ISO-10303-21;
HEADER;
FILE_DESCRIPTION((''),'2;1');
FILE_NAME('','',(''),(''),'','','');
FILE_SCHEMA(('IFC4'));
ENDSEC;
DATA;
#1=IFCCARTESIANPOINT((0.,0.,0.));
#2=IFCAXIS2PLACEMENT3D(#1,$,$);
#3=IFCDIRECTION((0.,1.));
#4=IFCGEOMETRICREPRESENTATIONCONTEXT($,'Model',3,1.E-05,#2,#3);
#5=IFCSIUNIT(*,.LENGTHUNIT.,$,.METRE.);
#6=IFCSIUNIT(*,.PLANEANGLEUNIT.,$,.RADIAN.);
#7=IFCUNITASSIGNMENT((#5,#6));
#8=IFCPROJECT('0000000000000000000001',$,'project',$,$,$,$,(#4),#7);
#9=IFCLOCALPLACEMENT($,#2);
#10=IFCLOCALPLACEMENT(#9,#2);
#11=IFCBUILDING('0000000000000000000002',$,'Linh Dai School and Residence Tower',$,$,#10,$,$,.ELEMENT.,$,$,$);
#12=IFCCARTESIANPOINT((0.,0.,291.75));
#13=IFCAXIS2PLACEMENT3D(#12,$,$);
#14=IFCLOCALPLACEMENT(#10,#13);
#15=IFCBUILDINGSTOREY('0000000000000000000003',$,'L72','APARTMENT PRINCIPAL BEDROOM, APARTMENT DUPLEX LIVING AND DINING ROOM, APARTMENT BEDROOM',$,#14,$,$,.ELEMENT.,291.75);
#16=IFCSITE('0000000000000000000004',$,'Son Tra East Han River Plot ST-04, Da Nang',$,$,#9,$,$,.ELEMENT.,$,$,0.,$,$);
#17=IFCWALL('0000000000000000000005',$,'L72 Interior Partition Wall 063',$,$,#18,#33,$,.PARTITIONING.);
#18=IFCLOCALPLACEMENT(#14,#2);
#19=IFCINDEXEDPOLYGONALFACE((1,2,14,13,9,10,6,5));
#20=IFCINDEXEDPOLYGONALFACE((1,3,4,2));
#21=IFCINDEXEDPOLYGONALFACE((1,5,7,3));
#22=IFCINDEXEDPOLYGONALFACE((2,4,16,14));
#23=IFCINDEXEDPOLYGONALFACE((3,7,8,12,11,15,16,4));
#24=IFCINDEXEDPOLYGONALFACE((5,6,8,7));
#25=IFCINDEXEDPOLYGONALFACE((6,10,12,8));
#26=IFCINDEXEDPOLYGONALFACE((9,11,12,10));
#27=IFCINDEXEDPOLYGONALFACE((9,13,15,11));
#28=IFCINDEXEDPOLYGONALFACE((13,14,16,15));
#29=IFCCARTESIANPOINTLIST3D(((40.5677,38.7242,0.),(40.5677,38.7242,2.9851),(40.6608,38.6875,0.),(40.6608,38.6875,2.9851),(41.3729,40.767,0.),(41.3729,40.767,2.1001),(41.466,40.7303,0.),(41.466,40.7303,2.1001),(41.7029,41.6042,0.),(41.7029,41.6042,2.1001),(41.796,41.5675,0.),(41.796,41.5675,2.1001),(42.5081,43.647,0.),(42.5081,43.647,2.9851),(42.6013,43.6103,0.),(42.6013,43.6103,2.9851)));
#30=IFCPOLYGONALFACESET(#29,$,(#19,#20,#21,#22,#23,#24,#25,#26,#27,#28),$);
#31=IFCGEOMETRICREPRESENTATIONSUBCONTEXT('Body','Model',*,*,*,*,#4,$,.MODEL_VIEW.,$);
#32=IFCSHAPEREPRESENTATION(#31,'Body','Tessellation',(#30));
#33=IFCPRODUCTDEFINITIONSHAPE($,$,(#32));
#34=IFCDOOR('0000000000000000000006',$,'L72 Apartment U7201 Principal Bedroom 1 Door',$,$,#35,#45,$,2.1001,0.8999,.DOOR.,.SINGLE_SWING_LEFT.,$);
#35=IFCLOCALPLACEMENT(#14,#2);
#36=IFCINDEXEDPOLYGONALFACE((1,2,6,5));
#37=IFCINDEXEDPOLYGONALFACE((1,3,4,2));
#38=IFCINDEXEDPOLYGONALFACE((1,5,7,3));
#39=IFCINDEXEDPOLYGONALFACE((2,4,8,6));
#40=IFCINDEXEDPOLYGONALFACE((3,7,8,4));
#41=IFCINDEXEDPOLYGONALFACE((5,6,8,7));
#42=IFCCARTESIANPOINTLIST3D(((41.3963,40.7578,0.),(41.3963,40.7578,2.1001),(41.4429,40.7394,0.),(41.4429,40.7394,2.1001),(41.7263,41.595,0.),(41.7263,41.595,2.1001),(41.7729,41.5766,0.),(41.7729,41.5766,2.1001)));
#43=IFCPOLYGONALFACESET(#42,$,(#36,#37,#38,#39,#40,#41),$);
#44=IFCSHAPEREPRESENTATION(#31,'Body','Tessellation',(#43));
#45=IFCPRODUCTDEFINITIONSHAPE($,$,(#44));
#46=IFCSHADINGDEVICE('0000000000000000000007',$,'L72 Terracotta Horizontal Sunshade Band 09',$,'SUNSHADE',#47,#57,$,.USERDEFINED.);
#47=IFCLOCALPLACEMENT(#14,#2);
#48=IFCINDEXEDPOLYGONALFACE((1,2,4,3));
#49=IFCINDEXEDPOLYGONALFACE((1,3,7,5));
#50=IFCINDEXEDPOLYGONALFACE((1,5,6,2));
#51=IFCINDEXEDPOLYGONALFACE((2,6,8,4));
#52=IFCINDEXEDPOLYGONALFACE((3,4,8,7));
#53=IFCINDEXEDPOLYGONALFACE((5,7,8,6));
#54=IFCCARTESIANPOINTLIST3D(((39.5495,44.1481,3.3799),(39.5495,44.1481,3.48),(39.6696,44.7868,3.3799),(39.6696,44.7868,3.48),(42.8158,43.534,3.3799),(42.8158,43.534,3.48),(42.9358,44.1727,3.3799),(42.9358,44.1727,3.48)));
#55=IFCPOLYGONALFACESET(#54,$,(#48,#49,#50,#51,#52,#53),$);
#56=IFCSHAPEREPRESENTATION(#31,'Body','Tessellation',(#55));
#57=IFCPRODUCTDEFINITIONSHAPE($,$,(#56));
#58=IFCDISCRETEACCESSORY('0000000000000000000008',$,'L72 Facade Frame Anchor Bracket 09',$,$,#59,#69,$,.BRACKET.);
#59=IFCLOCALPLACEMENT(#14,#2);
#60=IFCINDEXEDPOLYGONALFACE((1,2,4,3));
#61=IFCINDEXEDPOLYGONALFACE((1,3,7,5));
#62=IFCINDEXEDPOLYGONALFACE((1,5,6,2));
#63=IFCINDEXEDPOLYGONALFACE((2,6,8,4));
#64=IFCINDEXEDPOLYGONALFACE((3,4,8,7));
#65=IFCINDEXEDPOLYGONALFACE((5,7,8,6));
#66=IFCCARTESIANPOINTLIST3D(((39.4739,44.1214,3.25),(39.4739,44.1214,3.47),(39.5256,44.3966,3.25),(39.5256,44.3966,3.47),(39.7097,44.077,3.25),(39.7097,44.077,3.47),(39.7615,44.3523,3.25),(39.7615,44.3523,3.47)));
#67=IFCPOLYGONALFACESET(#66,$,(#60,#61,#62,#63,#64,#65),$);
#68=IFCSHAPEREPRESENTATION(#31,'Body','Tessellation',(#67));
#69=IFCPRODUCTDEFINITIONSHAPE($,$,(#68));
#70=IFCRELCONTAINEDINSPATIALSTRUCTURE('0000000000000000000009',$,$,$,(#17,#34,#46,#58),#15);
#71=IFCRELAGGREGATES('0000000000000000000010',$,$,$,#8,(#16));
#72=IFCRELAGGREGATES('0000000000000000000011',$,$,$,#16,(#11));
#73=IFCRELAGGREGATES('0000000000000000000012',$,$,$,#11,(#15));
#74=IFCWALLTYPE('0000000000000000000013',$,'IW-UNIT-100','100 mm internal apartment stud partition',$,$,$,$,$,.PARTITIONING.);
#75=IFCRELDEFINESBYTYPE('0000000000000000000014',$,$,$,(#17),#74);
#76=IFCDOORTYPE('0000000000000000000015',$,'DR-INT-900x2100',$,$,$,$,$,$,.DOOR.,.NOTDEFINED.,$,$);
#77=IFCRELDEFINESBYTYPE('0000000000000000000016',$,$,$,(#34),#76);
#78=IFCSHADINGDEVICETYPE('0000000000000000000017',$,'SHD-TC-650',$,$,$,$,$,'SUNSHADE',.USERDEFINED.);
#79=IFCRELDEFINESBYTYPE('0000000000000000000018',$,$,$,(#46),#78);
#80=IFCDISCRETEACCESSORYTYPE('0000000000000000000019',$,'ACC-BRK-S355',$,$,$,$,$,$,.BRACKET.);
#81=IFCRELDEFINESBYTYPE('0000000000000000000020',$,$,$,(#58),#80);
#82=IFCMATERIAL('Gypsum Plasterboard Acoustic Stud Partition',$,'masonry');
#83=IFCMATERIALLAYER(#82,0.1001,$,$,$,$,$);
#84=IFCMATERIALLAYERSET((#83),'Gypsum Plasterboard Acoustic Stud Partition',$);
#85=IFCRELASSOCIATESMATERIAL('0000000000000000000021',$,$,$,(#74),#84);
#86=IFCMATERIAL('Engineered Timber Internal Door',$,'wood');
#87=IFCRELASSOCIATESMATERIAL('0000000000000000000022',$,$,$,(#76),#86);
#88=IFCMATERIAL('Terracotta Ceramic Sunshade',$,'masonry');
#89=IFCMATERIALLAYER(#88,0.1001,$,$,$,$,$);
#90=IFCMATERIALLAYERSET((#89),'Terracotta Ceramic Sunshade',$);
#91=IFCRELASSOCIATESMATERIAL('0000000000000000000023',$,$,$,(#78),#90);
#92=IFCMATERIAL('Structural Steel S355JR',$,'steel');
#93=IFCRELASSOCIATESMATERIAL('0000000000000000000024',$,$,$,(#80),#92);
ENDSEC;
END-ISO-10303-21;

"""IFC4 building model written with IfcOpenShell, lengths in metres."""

from ifc_helpers import new_model, si_unit, direction, frame, frame_2d, origin, origin_2d, place, context, subcontext, project, spatial, rectangle, extrude, source, transform, mapped, material, layer, layer_set, type_object, element, fill, save


model = new_model("IFC4")

# Units and contexts
model_context = context("Model", 3, precision=1e-05, world=origin(), true_north=direction((0.0, 1.0)))
body_context = subcontext(model_context, "Body", "Model", "MODEL_VIEW")
ifc_project = project(units=[si_unit("LENGTHUNIT", "METRE"), si_unit("PLANEANGLEUNIT", "RADIAN")], contexts=[model_context])

# Site, building, storey
site_placement = place(None, origin())
site = spatial("IfcSite", under=ifc_project, at=site_placement, Name="Son Tra East Han River Plot ST-04, Da Nang", CompositionType="ELEMENT", RefElevation=0.0)
building_placement = place(site_placement, origin())
building = spatial("IfcBuilding", under=site, at=building_placement, Name="Linh Dai School and Residence Tower", CompositionType="ELEMENT")
storey_placement = place(building_placement, frame((0.0, 0.0, 291.75)))
storey = spatial("IfcBuildingStorey", under=building, at=storey_placement, Name="L72", Description="APARTMENT PRINCIPAL BEDROOM, APARTMENT DUPLEX LIVING AND DINING ROOM, APARTMENT BEDROOM", CompositionType="ELEMENT", Elevation=291.75)

# Shared definitions
ifc_material_1 = material(Name="Structural Steel S355JR", Category="steel")

# Shared definitions
ifc_material_2 = material(Name="Gypsum Plasterboard Acoustic Stud Partition", Category="masonry")
ifc_layer_1 = layer(ifc_material_2, 0.1001)
ifc_layer_set_1 = layer_set([ifc_layer_1], Name="Gypsum Plasterboard Acoustic Stud Partition")
wall_type_1 = type_object("IfcWallType", Name="IW-UNIT-100", Description="100 mm internal apartment stud partition", PredefinedType="PARTITIONING", material=ifc_layer_set_1)

# Wall, opening, door
wall_1_placement = place(storey_placement, frame((40.6143, 38.7058, 0.0), z_axis=(0.0, 0.0, 1.0), x_axis=(0.366708, 0.930336, 0.0)))
wall_1 = element("IfcWall", 1, at=wall_1_placement, inside=storey, type_object=wall_type_1, Name="L72 Interior Partition Wall 063", PredefinedType="PARTITIONING", context=body_context, shape_type="SweptSolid", body=[
    extrude(rectangle(XDim=5.2915, YDim=0.1001, at=frame_2d((2.6458, 0.0))), origin(), (0.0, 0.0, 1.0), 2.9851),
])
opening_1_placement = place(wall_1_placement, frame((2.1958, 0.0, 0.0)))
opening_1 = element("IfcOpeningElement", 2, at=opening_1_placement, cuts=wall_1, PredefinedType="OPENING", context=body_context, shape_type="SweptSolid", body=[
    extrude(rectangle(XDim=0.8999, YDim=2.1001, at=origin_2d()), frame((0.45, 0.0601, 1.05), z_axis=(0.0, -1.0, 0.0), x_axis=(1.0, 0.0, 0.0)), (0.0, 0.0, 1.0), 0.1201),
])
ifc_material_3 = material(Name="Engineered Timber Internal Door", Category="wood")
door_type_1 = type_object("IfcDoorType", Name="DR-INT-900x2100", OperationType="NOTDEFINED", PredefinedType="DOOR", material=ifc_material_3)
shared_shape_1 = source(origin(), body_context, "Body", "SweptSolid", [
    extrude(rectangle(XDim=0.8999, YDim=2.1001, at=origin_2d()), frame((0.45, 0.0249, 1.05), z_axis=(0.0, -1.0, 0.0), x_axis=(1.0, 0.0, 0.0)), (0.0, 0.0, 1.0), 0.05),
])
door_1_placement = place(opening_1_placement, origin())
door_1 = element("IfcDoor", 3, at=door_1_placement, inside=storey, type_object=door_type_1, Name="L72 Apartment U7201 Principal Bedroom 1 Door", OperationType="SINGLE_SWING_LEFT", OverallHeight=2.1001, OverallWidth=0.8999, PredefinedType="DOOR", context=body_context, shape_type="MappedRepresentation", body=[
    mapped(shared_shape_1, transform((0.0, 0.0, 0.0), x_axis=(1.0, 0.0, 0.0), y_axis=(0.0, 1.0, 0.0), z_axis=(0.0, 0.0, 1.0), scale=1.0)),
])
fill(opening_1, door_1)

# Shading device
ifc_material_4 = material(Name="Terracotta Ceramic Sunshade", Category="masonry")
ifc_layer_2 = layer(ifc_material_4, 0.1001)
ifc_layer_set_2 = layer_set([ifc_layer_2], Name="Terracotta Ceramic Sunshade")
shading_device_type = type_object("IfcShadingDeviceType", Name="SHD-TC-650", ElementType="SUNSHADE", PredefinedType="USERDEFINED", material=ifc_layer_set_2)
shared_shape_2 = source(origin(), body_context, "Body", "SweptSolid", [
    extrude(rectangle(XDim=3.3235, YDim=0.6499, at=origin_2d()), origin(), (0.0, 0.0, 1.0), 0.1001),
])
shading_device_placement = place(storey_placement, frame((41.2427, 44.1604, 3.3799), z_axis=(0.0, 0.0, 1.0), x_axis=(0.982785, -0.184751, 0.0)))
element("IfcShadingDevice", 4, at=shading_device_placement, inside=storey, type_object=shading_device_type, Name="L72 Terracotta Horizontal Sunshade Band 09", ObjectType="SUNSHADE", PredefinedType="USERDEFINED", context=body_context, shape_type="MappedRepresentation", body=[
    mapped(shared_shape_2, transform((0.0, 0.0, 0.0), x_axis=(1.0, 0.0, 0.0), y_axis=(0.0, 1.0, 0.0), z_axis=(0.0, 0.0, 1.0), scale=1.0)),
])

# Discrete accessory
discrete_accessory_type = type_object("IfcDiscreteAccessoryType", Name="ACC-BRK-S355", PredefinedType="BRACKET", material=ifc_material_1)
shared_shape_3 = source(origin(), body_context, "Body", "SweptSolid", [
    extrude(rectangle(XDim=0.28, YDim=0.24, at=origin_2d()), origin(), (0.0, 0.0, 1.0), 0.22),
])
discrete_accessory_placement = place(storey_placement, frame((39.6177, 44.2368, 3.25), z_axis=(0.0, 0.0, 1.0), x_axis=(0.184751, 0.982785, 0.0)))
element("IfcDiscreteAccessory", 5, at=discrete_accessory_placement, inside=storey, type_object=discrete_accessory_type, Name="L72 Facade Frame Anchor Bracket 09", PredefinedType="BRACKET", context=body_context, shape_type="MappedRepresentation", body=[
    mapped(shared_shape_3, transform((0.0, 0.0, 0.0), x_axis=(1.0, 0.0, 0.0), y_axis=(0.0, 1.0, 0.0), z_axis=(0.0, 0.0, 1.0), scale=1.0)),
])

save(model, "model.ifc")
